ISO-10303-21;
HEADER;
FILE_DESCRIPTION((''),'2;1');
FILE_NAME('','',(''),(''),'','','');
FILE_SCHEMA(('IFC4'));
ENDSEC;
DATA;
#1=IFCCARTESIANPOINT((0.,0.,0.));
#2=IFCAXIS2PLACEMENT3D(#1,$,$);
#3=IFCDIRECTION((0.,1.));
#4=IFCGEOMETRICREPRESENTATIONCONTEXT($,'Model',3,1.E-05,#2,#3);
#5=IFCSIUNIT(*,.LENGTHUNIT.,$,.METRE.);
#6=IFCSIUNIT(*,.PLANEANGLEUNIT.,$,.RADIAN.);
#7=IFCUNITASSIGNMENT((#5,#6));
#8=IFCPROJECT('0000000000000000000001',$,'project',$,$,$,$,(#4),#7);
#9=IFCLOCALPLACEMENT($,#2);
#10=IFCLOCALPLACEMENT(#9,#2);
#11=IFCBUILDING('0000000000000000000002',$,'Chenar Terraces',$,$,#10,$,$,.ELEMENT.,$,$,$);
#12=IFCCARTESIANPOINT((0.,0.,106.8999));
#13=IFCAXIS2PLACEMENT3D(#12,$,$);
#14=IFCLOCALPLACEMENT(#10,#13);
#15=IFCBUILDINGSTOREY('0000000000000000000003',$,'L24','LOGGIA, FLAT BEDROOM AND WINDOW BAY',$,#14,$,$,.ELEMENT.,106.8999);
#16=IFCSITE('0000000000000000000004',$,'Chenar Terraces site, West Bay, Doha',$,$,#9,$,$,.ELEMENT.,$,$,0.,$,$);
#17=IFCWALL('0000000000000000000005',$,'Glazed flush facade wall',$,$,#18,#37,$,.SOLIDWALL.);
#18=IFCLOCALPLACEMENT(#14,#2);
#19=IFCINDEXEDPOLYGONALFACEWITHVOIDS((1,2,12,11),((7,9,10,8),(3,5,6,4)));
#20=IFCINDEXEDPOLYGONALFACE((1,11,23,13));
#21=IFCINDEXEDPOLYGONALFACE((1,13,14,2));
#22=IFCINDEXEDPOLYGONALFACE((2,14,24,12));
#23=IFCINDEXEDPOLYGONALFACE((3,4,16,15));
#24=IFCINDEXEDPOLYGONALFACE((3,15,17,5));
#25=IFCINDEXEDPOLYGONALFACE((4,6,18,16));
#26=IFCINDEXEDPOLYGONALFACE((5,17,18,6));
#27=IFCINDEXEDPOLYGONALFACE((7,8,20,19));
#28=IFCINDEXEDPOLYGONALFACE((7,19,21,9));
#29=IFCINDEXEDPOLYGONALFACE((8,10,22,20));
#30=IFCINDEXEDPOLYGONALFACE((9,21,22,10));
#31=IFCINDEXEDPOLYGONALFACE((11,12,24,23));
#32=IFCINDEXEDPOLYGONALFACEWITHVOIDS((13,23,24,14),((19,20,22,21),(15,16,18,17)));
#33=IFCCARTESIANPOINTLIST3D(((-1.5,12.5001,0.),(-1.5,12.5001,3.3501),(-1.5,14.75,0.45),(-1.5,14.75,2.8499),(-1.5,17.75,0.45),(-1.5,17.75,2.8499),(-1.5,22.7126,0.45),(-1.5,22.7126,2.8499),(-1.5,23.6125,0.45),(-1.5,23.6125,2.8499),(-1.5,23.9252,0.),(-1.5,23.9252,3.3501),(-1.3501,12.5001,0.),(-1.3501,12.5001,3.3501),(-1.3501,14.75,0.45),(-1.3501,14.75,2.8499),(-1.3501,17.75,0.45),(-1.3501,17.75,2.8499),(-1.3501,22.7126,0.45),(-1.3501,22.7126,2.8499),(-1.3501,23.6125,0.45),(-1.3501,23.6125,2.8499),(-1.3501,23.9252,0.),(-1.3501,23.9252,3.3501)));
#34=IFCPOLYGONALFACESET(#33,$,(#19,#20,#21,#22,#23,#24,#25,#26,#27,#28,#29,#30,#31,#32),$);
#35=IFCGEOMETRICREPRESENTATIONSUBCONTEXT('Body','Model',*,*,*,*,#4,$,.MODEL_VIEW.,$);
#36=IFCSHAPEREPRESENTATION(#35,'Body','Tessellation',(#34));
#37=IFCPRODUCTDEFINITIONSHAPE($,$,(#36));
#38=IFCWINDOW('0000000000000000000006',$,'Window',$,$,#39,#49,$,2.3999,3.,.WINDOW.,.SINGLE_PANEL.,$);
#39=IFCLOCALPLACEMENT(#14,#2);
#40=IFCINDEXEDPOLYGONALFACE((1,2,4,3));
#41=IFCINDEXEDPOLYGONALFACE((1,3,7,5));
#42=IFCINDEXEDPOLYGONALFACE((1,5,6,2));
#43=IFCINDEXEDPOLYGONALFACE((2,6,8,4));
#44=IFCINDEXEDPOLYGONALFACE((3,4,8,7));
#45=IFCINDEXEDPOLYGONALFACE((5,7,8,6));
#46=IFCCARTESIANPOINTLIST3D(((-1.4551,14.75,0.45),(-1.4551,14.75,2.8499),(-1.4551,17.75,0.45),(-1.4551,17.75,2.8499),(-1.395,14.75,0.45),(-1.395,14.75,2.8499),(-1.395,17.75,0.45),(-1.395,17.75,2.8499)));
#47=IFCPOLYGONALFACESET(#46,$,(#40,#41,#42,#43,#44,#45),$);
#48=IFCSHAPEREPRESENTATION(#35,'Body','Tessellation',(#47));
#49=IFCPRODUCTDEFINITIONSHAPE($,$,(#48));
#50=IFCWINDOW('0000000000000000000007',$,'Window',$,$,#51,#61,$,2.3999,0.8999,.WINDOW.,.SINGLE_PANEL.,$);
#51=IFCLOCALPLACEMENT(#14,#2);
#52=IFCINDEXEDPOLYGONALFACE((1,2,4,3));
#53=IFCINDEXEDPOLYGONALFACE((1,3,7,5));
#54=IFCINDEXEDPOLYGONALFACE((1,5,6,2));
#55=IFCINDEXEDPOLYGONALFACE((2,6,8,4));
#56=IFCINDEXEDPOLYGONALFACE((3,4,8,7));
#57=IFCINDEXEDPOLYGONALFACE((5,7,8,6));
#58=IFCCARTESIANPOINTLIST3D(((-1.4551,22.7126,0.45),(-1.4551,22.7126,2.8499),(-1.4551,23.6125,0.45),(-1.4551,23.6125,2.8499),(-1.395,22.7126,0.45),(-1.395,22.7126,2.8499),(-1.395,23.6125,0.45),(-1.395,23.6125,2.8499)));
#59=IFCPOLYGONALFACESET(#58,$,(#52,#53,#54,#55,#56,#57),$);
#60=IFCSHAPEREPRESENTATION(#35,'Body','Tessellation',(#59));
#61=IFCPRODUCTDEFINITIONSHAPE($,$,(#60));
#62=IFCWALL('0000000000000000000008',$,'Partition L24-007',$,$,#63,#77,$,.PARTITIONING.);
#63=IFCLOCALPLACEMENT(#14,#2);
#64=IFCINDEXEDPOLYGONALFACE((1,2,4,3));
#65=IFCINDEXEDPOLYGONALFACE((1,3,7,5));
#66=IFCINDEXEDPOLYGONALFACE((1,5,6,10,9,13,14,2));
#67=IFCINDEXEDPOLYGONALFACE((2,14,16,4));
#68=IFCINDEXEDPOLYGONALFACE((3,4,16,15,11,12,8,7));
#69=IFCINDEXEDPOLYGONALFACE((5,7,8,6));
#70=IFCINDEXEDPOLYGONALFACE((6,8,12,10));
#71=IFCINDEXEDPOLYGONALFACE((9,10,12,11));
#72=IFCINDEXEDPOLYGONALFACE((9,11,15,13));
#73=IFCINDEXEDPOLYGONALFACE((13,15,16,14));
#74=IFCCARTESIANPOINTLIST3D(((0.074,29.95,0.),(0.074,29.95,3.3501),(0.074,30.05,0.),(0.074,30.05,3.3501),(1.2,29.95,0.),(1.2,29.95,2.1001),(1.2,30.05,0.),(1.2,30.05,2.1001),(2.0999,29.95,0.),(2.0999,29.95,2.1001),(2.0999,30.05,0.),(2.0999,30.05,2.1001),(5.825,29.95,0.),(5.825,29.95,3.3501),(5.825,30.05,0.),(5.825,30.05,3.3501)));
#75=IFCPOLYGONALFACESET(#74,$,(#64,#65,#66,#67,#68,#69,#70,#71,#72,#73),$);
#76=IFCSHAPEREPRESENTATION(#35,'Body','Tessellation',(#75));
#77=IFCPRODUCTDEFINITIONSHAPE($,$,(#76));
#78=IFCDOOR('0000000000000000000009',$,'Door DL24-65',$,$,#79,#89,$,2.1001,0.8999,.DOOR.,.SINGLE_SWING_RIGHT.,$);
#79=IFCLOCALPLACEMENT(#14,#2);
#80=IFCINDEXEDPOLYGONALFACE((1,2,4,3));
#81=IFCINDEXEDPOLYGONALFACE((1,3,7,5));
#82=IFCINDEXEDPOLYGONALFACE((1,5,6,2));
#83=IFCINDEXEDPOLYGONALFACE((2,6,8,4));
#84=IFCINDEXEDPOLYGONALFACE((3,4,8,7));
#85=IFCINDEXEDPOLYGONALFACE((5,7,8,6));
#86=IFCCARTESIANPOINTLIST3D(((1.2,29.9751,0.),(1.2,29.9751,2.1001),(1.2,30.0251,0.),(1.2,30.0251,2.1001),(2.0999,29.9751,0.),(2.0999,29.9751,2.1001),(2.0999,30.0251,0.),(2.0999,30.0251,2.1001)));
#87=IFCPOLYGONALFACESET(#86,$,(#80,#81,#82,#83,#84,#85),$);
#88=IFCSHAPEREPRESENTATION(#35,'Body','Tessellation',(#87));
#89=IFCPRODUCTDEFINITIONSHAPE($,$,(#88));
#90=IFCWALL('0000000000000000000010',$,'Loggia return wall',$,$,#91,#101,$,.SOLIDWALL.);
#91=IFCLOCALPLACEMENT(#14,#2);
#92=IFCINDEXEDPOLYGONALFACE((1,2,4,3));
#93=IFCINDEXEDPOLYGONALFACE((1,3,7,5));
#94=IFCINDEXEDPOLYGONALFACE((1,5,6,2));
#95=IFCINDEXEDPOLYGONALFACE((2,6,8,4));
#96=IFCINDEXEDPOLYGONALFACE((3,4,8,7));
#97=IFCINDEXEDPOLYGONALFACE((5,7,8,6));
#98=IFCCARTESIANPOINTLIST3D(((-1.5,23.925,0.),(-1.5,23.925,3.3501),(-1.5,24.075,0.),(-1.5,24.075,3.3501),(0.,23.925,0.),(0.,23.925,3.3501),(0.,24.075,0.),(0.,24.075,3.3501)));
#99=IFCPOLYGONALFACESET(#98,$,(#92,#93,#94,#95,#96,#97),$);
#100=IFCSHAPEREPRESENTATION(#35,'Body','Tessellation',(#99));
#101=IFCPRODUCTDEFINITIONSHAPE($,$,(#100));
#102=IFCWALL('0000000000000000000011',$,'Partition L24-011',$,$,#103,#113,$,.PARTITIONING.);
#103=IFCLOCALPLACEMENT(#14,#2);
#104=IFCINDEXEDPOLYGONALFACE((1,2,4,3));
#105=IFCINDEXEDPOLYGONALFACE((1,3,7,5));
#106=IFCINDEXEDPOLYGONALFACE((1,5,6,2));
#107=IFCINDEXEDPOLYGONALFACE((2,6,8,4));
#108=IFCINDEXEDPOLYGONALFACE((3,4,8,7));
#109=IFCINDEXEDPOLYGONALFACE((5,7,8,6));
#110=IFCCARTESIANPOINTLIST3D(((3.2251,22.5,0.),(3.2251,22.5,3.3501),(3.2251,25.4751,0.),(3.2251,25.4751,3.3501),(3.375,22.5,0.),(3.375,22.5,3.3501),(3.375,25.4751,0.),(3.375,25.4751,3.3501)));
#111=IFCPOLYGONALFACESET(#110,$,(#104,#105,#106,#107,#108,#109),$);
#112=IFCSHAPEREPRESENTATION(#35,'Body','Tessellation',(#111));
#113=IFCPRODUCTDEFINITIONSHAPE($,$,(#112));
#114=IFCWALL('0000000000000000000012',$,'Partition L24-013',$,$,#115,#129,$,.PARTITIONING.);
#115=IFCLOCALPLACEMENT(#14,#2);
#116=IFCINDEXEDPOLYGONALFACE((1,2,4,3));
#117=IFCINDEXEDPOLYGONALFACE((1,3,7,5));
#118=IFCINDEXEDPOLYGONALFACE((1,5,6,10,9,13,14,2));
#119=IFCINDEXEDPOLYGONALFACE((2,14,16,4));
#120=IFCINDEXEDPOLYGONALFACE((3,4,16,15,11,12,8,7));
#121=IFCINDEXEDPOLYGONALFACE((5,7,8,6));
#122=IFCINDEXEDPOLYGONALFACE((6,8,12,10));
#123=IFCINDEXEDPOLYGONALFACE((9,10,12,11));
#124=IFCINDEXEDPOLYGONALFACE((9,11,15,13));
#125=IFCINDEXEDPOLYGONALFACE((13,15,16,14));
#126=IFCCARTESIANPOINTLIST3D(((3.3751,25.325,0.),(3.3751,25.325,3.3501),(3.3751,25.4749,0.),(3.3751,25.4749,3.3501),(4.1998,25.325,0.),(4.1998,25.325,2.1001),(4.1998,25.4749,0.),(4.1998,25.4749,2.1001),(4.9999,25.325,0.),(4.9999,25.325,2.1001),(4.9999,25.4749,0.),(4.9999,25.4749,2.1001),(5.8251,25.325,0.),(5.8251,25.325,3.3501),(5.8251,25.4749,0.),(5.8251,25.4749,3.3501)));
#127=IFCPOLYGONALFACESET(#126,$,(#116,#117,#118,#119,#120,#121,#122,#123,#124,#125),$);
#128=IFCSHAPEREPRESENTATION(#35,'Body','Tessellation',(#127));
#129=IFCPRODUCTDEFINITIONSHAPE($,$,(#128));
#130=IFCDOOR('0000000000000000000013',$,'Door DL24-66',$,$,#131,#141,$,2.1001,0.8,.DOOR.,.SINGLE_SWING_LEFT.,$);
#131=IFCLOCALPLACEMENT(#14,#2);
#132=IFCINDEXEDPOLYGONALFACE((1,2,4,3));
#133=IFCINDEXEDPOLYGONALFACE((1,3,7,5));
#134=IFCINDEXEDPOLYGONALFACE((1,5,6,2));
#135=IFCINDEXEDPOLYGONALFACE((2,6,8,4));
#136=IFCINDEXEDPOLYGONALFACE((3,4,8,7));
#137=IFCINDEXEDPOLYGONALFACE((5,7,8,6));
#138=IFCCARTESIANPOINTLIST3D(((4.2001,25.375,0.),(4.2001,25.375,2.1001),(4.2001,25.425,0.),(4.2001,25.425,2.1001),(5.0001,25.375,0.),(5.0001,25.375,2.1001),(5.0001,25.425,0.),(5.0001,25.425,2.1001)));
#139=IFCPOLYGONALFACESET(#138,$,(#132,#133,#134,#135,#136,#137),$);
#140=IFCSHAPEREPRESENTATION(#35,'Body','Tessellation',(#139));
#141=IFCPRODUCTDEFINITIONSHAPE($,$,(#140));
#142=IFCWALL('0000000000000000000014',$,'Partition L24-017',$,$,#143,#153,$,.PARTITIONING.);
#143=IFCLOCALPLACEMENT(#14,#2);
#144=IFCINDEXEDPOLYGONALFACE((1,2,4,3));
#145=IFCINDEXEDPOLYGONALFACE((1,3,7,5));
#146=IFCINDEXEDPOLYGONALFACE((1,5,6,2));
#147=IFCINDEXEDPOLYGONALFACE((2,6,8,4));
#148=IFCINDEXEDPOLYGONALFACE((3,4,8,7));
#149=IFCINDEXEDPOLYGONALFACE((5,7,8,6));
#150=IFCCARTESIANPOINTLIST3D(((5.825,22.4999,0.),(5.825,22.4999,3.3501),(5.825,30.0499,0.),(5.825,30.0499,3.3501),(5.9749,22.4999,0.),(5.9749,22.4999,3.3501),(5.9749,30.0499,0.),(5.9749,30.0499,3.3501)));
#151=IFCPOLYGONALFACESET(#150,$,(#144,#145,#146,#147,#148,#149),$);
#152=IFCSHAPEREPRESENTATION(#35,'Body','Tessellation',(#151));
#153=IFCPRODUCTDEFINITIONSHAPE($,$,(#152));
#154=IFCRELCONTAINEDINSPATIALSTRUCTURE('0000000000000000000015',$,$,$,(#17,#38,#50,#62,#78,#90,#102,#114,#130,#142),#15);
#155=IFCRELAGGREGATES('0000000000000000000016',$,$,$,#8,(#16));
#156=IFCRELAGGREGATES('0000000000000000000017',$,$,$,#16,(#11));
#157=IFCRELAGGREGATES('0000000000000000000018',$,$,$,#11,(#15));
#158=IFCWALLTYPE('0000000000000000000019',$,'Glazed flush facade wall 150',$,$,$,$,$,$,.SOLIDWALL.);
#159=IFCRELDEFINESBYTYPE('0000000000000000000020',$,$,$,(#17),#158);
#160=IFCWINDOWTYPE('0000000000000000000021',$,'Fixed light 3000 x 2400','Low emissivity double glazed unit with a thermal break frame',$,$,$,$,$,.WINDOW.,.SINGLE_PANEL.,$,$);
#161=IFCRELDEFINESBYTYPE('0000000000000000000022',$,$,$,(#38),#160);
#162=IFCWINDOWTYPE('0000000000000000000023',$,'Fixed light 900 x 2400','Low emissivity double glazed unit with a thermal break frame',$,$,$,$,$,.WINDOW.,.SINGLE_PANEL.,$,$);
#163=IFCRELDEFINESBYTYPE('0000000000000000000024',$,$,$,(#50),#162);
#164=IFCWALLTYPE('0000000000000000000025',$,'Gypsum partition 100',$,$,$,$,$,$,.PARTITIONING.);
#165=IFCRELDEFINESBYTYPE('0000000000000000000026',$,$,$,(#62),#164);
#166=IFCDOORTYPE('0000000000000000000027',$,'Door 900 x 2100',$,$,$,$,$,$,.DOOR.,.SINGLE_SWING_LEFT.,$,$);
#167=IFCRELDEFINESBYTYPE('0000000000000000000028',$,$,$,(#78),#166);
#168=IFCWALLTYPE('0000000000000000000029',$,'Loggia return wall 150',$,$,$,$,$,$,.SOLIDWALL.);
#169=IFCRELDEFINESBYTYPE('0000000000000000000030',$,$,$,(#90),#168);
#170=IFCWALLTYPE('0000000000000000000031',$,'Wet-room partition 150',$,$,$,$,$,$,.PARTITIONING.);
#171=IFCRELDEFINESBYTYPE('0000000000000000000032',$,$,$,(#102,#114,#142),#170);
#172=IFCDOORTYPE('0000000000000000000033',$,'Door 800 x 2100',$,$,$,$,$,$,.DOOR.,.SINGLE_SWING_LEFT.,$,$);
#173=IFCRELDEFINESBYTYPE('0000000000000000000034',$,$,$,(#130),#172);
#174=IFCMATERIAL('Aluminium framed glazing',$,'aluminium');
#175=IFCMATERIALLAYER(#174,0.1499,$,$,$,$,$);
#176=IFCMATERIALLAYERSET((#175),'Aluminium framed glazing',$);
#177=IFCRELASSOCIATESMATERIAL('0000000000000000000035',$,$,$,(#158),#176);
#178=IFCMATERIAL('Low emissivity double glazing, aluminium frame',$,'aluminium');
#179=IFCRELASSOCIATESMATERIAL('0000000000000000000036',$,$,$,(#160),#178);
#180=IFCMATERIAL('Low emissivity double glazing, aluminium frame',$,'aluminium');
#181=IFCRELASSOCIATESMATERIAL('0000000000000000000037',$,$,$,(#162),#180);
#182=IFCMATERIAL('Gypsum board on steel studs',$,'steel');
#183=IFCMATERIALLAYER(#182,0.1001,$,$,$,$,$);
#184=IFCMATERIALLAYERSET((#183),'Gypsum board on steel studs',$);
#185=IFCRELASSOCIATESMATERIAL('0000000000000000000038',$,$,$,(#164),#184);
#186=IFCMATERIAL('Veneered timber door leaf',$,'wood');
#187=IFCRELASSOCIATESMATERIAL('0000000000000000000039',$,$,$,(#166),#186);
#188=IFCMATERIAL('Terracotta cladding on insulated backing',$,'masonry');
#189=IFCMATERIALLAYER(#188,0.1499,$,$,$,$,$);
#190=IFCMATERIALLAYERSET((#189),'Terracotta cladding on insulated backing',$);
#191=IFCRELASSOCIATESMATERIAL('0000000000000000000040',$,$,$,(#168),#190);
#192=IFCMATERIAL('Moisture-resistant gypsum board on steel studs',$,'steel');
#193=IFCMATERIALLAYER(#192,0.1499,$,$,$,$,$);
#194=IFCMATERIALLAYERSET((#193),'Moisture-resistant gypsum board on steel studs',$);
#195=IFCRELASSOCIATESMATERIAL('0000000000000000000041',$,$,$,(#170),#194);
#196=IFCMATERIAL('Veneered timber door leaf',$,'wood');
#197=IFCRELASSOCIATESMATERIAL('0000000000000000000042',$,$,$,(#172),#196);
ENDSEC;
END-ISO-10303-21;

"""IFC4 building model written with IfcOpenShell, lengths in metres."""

from ifc_helpers import new_model, si_unit, direction, frame, frame_2d, origin, place, context, subcontext, project, spatial, rectangle, extrude, material, layer, layer_set, type_object, element, fill, save


model = new_model("IFC4")

# Units and contexts
model_context = context("Model", 3, precision=1e-05, world=origin(), true_north=direction((0.0, 1.0)))
body_context = subcontext(model_context, "Body", "Model", "MODEL_VIEW")
ifc_project = project(units=[si_unit("LENGTHUNIT", "METRE"), si_unit("PLANEANGLEUNIT", "RADIAN")], contexts=[model_context])

# Site, building, storey
site_placement = place(None, origin())
site = spatial("IfcSite", under=ifc_project, at=site_placement, Name="Chenar Terraces site, West Bay, Doha", CompositionType="ELEMENT", RefElevation=0.0)
building_placement = place(site_placement, origin())
building = spatial("IfcBuilding", under=site, at=building_placement, Name="Chenar Terraces", CompositionType="ELEMENT")
storey_placement = place(building_placement, frame((0.0, 0.0, 106.8999)))
storey = spatial("IfcBuildingStorey", under=building, at=storey_placement, Name="L24", Description="LOGGIA, FLAT BEDROOM AND WINDOW BAY", CompositionType="ELEMENT", Elevation=106.8999)

# Wall, openings, windows
ifc_material_1 = material(Name="Aluminium framed glazing", Category="aluminium")
ifc_layer_1 = layer(ifc_material_1, 0.1499)
ifc_layer_set_1 = layer_set([ifc_layer_1], Name="Aluminium framed glazing")
wall_type_1 = type_object("IfcWallType", Name="Glazed flush facade wall 150", PredefinedType="SOLIDWALL", material=ifc_layer_set_1)
wall_1_placement = place(storey_placement, frame((-1.425, 23.925, 0.0), z_axis=(0.0, 0.0, 1.0), x_axis=(0.0, -1.0, 0.0)))
wall_1 = element("IfcWall", 1, at=wall_1_placement, inside=storey, type_object=wall_type_1, Name="Glazed flush facade wall", PredefinedType="SOLIDWALL", context=body_context, shape_type="SweptSolid", body=[
    extrude(rectangle(XDim=11.425, YDim=0.1499, at=frame_2d((5.7124, 0.0))), origin(), (0.0, 0.0, 1.0), 3.3501),
])
opening_1_placement = place(wall_1_placement, frame((0.3125, 0.0, 0.45)))
opening_1 = element("IfcOpeningElement", 2, at=opening_1_placement, cuts=wall_1, PredefinedType="OPENING", context=body_context, shape_type="SweptSolid", body=[
    extrude(rectangle(XDim=0.8999, YDim=2.3999, at=frame_2d((0.45, 1.2))), frame((0.0, 0.085, 0.0), z_axis=(0.0, -1.0, 0.0), x_axis=(1.0, 0.0, 0.0)), (0.0, 0.0, 1.0), 0.1699),
])
opening_2_placement = place(wall_1_placement, frame((6.175, 0.0, 0.45)))
opening_2 = element("IfcOpeningElement", 3, at=opening_2_placement, cuts=wall_1, PredefinedType="OPENING", context=body_context, shape_type="SweptSolid", body=[
    extrude(rectangle(XDim=3.0, YDim=2.3999, at=frame_2d((1.5, 1.2))), frame((0.0, 0.085, 0.0), z_axis=(0.0, -1.0, 0.0), x_axis=(1.0, 0.0, 0.0)), (0.0, 0.0, 1.0), 0.1699),
])
ifc_material_2 = material(Name="Low emissivity double glazing, aluminium frame", Category="aluminium")
window_type_1 = type_object("IfcWindowType", Name="Fixed light 3000 x 2400", Description="Low emissivity double glazed unit with a thermal break frame", PartitioningType="SINGLE_PANEL", PredefinedType="WINDOW", material=ifc_material_2)
window_1_placement = place(opening_2_placement, origin())
window_1 = element("IfcWindow", 4, at=window_1_placement, inside=storey, type_object=window_type_1, Name="Window", OverallHeight=2.3999, OverallWidth=3.0, PartitioningType="SINGLE_PANEL", PredefinedType="WINDOW", context=body_context, shape_type="SweptSolid", body=[
    extrude(rectangle(XDim=3.0, YDim=2.3999, at=frame_2d((1.5, 1.2))), frame((0.0, 0.03, 0.0), z_axis=(0.0, -1.0, 0.0), x_axis=(1.0, 0.0, 0.0)), (0.0, 0.0, 1.0), 0.0601),
])
fill(opening_2, window_1)
ifc_material_3 = material(Name="Low emissivity double glazing, aluminium frame", Category="aluminium")
window_type_2 = type_object("IfcWindowType", Name="Fixed light 900 x 2400", Description="Low emissivity double glazed unit with a thermal break frame", PartitioningType="SINGLE_PANEL", PredefinedType="WINDOW", material=ifc_material_3)
window_2_placement = place(opening_1_placement, origin())
window_2 = element("IfcWindow", 5, at=window_2_placement, inside=storey, type_object=window_type_2, Name="Window", OverallHeight=2.3999, OverallWidth=0.8999, PartitioningType="SINGLE_PANEL", PredefinedType="WINDOW", context=body_context, shape_type="SweptSolid", body=[
    extrude(rectangle(XDim=0.8999, YDim=2.3999, at=frame_2d((0.45, 1.2))), frame((0.0, 0.03, 0.0), z_axis=(0.0, -1.0, 0.0), x_axis=(1.0, 0.0, 0.0)), (0.0, 0.0, 1.0), 0.0601),
])
fill(opening_1, window_2)

# Wall, opening, door
ifc_material_4 = material(Name="Gypsum board on steel studs", Category="steel")
ifc_layer_2 = layer(ifc_material_4, 0.1001)
ifc_layer_set_2 = layer_set([ifc_layer_2], Name="Gypsum board on steel studs")
wall_type_2 = type_object("IfcWallType", Name="Gypsum partition 100", PredefinedType="PARTITIONING", material=ifc_layer_set_2)
wall_2_placement = place(storey_placement, frame((0.074, 30.0, 0.0), z_axis=(0.0, 0.0, 1.0), x_axis=(1.0, 0.0, 0.0)))
wall_2 = element("IfcWall", 6, at=wall_2_placement, inside=storey, type_object=wall_type_2, Name="Partition L24-007", PredefinedType="PARTITIONING", context=body_context, shape_type="SweptSolid", body=[
    extrude(rectangle(XDim=5.751, YDim=0.1001, at=frame_2d((2.8755, 0.0))), origin(), (0.0, 0.0, 1.0), 3.3501),
])
opening_3_placement = place(wall_2_placement, frame((1.126, 0.0, 0.0)))
opening_3 = element("IfcOpeningElement", 7, at=opening_3_placement, cuts=wall_2, PredefinedType="OPENING", context=body_context, shape_type="SweptSolid", body=[
    extrude(rectangle(XDim=0.8999, YDim=2.1001, at=frame_2d((0.45, 1.05))), frame((0.0, 0.0601, 0.0), z_axis=(0.0, -1.0, 0.0), x_axis=(1.0, 0.0, 0.0)), (0.0, 0.0, 1.0), 0.1201),
])
ifc_material_5 = material(Name="Veneered timber door leaf", Category="wood")
door_type_1 = type_object("IfcDoorType", Name="Door 900 x 2100", OperationType="SINGLE_SWING_LEFT", PredefinedType="DOOR", material=ifc_material_5)
door_1_placement = place(opening_3_placement, frame((0.8999, 0.0, 0.0), z_axis=(0.0, 0.0, 1.0), x_axis=(-1.0, 0.0, 0.0)))
door_1 = element("IfcDoor", 8, at=door_1_placement, inside=storey, type_object=door_type_1, Name="Door DL24-65", OperationType="SINGLE_SWING_RIGHT", OverallHeight=2.1001, OverallWidth=0.8999, PredefinedType="DOOR", context=body_context, shape_type="SweptSolid", body=[
    extrude(rectangle(XDim=0.8999, YDim=2.1001, at=frame_2d((0.45, 1.05))), frame((0.0, 0.0249, 0.0), z_axis=(0.0, -1.0, 0.0), x_axis=(1.0, 0.0, 0.0)), (0.0, 0.0, 1.0), 0.05),
])
fill(opening_3, door_1)

# Walls
ifc_material_6 = material(Name="Terracotta cladding on insulated backing", Category="masonry")
ifc_layer_3 = layer(ifc_material_6, 0.1499)
ifc_layer_set_3 = layer_set([ifc_layer_3], Name="Terracotta cladding on insulated backing")
wall_type_3 = type_object("IfcWallType", Name="Loggia return wall 150", PredefinedType="SOLIDWALL", material=ifc_layer_set_3)
wall_3_placement = place(storey_placement, frame((-1.5, 24.0, 0.0), z_axis=(0.0, 0.0, 1.0), x_axis=(1.0, 0.0, 0.0)))
element("IfcWall", 9, at=wall_3_placement, inside=storey, type_object=wall_type_3, Name="Loggia return wall", PredefinedType="SOLIDWALL", context=body_context, shape_type="SweptSolid", body=[
    extrude(rectangle(XDim=1.5, YDim=0.1499, at=frame_2d((0.75, 0.0))), origin(), (0.0, 0.0, 1.0), 3.3501),
])
ifc_material_7 = material(Name="Moisture-resistant gypsum board on steel studs", Category="steel")
ifc_layer_4 = layer(ifc_material_7, 0.1499)
ifc_layer_set_4 = layer_set([ifc_layer_4], Name="Moisture-resistant gypsum board on steel studs")
wall_type_4 = type_object("IfcWallType", Name="Wet-room partition 150", PredefinedType="PARTITIONING", material=ifc_layer_set_4)
wall_4_placement = place(storey_placement, frame((3.3, 22.5, 0.0), z_axis=(0.0, 0.0, 1.0), x_axis=(0.0, 1.0, 0.0)))
element("IfcWall", 10, at=wall_4_placement, inside=storey, type_object=wall_type_4, Name="Partition L24-011", PredefinedType="PARTITIONING", context=body_context, shape_type="SweptSolid", body=[
    extrude(rectangle(XDim=2.9751, YDim=0.1499, at=frame_2d((1.4875, 0.0))), origin(), (0.0, 0.0, 1.0), 3.3501),
])

# Wall, opening, door
wall_5_placement = place(storey_placement, frame((3.375, 25.3999, 0.0), z_axis=(0.0, 0.0, 1.0), x_axis=(1.0, 0.0, 0.0)))
wall_5 = element("IfcWall", 11, at=wall_5_placement, inside=storey, type_object=wall_type_4, Name="Partition L24-013", PredefinedType="PARTITIONING", context=body_context, shape_type="SweptSolid", body=[
    extrude(rectangle(XDim=2.45, YDim=0.1499, at=frame_2d((1.2251, 0.0))), origin(), (0.0, 0.0, 1.0), 3.3501),
])
opening_4_placement = place(wall_5_placement, frame((0.825, 0.0, 0.0)))
opening_4 = element("IfcOpeningElement", 12, at=opening_4_placement, cuts=wall_5, PredefinedType="OPENING", context=body_context, shape_type="SweptSolid", body=[
    extrude(rectangle(XDim=0.8, YDim=2.1001, at=frame_2d((0.3999, 1.05))), frame((0.0, 0.085, 0.0), z_axis=(0.0, -1.0, 0.0), x_axis=(1.0, 0.0, 0.0)), (0.0, 0.0, 1.0), 0.1699),
])
ifc_material_8 = material(Name="Veneered timber door leaf", Category="wood")
door_type_2 = type_object("IfcDoorType", Name="Door 800 x 2100", OperationType="SINGLE_SWING_LEFT", PredefinedType="DOOR", material=ifc_material_8)
door_2_placement = place(opening_4_placement, frame((0.8, 0.0, 0.0), z_axis=(0.0, 0.0, 1.0), x_axis=(-1.0, 0.0, 0.0)))
door_2 = element("IfcDoor", 13, at=door_2_placement, inside=storey, type_object=door_type_2, Name="Door DL24-66", OperationType="SINGLE_SWING_LEFT", OverallHeight=2.1001, OverallWidth=0.8, PredefinedType="DOOR", context=body_context, shape_type="SweptSolid", body=[
    extrude(rectangle(XDim=0.8, YDim=2.1001, at=frame_2d((0.3999, 1.05))), frame((0.0, 0.0249, 0.0), z_axis=(0.0, -1.0, 0.0), x_axis=(1.0, 0.0, 0.0)), (0.0, 0.0, 1.0), 0.05),
])
fill(opening_4, door_2)

# Wall
wall_6_placement = place(storey_placement, frame((5.8999, 22.5, 0.0), z_axis=(0.0, 0.0, 1.0), x_axis=(0.0, 1.0, 0.0)))
element("IfcWall", 14, at=wall_6_placement, inside=storey, type_object=wall_type_4, Name="Partition L24-017", PredefinedType="PARTITIONING", context=body_context, shape_type="SweptSolid", body=[
    extrude(rectangle(XDim=7.55, YDim=0.1499, at=frame_2d((3.7749, 0.0))), origin(), (0.0, 0.0, 1.0), 3.3501),
])

save(model, "model.ifc")
